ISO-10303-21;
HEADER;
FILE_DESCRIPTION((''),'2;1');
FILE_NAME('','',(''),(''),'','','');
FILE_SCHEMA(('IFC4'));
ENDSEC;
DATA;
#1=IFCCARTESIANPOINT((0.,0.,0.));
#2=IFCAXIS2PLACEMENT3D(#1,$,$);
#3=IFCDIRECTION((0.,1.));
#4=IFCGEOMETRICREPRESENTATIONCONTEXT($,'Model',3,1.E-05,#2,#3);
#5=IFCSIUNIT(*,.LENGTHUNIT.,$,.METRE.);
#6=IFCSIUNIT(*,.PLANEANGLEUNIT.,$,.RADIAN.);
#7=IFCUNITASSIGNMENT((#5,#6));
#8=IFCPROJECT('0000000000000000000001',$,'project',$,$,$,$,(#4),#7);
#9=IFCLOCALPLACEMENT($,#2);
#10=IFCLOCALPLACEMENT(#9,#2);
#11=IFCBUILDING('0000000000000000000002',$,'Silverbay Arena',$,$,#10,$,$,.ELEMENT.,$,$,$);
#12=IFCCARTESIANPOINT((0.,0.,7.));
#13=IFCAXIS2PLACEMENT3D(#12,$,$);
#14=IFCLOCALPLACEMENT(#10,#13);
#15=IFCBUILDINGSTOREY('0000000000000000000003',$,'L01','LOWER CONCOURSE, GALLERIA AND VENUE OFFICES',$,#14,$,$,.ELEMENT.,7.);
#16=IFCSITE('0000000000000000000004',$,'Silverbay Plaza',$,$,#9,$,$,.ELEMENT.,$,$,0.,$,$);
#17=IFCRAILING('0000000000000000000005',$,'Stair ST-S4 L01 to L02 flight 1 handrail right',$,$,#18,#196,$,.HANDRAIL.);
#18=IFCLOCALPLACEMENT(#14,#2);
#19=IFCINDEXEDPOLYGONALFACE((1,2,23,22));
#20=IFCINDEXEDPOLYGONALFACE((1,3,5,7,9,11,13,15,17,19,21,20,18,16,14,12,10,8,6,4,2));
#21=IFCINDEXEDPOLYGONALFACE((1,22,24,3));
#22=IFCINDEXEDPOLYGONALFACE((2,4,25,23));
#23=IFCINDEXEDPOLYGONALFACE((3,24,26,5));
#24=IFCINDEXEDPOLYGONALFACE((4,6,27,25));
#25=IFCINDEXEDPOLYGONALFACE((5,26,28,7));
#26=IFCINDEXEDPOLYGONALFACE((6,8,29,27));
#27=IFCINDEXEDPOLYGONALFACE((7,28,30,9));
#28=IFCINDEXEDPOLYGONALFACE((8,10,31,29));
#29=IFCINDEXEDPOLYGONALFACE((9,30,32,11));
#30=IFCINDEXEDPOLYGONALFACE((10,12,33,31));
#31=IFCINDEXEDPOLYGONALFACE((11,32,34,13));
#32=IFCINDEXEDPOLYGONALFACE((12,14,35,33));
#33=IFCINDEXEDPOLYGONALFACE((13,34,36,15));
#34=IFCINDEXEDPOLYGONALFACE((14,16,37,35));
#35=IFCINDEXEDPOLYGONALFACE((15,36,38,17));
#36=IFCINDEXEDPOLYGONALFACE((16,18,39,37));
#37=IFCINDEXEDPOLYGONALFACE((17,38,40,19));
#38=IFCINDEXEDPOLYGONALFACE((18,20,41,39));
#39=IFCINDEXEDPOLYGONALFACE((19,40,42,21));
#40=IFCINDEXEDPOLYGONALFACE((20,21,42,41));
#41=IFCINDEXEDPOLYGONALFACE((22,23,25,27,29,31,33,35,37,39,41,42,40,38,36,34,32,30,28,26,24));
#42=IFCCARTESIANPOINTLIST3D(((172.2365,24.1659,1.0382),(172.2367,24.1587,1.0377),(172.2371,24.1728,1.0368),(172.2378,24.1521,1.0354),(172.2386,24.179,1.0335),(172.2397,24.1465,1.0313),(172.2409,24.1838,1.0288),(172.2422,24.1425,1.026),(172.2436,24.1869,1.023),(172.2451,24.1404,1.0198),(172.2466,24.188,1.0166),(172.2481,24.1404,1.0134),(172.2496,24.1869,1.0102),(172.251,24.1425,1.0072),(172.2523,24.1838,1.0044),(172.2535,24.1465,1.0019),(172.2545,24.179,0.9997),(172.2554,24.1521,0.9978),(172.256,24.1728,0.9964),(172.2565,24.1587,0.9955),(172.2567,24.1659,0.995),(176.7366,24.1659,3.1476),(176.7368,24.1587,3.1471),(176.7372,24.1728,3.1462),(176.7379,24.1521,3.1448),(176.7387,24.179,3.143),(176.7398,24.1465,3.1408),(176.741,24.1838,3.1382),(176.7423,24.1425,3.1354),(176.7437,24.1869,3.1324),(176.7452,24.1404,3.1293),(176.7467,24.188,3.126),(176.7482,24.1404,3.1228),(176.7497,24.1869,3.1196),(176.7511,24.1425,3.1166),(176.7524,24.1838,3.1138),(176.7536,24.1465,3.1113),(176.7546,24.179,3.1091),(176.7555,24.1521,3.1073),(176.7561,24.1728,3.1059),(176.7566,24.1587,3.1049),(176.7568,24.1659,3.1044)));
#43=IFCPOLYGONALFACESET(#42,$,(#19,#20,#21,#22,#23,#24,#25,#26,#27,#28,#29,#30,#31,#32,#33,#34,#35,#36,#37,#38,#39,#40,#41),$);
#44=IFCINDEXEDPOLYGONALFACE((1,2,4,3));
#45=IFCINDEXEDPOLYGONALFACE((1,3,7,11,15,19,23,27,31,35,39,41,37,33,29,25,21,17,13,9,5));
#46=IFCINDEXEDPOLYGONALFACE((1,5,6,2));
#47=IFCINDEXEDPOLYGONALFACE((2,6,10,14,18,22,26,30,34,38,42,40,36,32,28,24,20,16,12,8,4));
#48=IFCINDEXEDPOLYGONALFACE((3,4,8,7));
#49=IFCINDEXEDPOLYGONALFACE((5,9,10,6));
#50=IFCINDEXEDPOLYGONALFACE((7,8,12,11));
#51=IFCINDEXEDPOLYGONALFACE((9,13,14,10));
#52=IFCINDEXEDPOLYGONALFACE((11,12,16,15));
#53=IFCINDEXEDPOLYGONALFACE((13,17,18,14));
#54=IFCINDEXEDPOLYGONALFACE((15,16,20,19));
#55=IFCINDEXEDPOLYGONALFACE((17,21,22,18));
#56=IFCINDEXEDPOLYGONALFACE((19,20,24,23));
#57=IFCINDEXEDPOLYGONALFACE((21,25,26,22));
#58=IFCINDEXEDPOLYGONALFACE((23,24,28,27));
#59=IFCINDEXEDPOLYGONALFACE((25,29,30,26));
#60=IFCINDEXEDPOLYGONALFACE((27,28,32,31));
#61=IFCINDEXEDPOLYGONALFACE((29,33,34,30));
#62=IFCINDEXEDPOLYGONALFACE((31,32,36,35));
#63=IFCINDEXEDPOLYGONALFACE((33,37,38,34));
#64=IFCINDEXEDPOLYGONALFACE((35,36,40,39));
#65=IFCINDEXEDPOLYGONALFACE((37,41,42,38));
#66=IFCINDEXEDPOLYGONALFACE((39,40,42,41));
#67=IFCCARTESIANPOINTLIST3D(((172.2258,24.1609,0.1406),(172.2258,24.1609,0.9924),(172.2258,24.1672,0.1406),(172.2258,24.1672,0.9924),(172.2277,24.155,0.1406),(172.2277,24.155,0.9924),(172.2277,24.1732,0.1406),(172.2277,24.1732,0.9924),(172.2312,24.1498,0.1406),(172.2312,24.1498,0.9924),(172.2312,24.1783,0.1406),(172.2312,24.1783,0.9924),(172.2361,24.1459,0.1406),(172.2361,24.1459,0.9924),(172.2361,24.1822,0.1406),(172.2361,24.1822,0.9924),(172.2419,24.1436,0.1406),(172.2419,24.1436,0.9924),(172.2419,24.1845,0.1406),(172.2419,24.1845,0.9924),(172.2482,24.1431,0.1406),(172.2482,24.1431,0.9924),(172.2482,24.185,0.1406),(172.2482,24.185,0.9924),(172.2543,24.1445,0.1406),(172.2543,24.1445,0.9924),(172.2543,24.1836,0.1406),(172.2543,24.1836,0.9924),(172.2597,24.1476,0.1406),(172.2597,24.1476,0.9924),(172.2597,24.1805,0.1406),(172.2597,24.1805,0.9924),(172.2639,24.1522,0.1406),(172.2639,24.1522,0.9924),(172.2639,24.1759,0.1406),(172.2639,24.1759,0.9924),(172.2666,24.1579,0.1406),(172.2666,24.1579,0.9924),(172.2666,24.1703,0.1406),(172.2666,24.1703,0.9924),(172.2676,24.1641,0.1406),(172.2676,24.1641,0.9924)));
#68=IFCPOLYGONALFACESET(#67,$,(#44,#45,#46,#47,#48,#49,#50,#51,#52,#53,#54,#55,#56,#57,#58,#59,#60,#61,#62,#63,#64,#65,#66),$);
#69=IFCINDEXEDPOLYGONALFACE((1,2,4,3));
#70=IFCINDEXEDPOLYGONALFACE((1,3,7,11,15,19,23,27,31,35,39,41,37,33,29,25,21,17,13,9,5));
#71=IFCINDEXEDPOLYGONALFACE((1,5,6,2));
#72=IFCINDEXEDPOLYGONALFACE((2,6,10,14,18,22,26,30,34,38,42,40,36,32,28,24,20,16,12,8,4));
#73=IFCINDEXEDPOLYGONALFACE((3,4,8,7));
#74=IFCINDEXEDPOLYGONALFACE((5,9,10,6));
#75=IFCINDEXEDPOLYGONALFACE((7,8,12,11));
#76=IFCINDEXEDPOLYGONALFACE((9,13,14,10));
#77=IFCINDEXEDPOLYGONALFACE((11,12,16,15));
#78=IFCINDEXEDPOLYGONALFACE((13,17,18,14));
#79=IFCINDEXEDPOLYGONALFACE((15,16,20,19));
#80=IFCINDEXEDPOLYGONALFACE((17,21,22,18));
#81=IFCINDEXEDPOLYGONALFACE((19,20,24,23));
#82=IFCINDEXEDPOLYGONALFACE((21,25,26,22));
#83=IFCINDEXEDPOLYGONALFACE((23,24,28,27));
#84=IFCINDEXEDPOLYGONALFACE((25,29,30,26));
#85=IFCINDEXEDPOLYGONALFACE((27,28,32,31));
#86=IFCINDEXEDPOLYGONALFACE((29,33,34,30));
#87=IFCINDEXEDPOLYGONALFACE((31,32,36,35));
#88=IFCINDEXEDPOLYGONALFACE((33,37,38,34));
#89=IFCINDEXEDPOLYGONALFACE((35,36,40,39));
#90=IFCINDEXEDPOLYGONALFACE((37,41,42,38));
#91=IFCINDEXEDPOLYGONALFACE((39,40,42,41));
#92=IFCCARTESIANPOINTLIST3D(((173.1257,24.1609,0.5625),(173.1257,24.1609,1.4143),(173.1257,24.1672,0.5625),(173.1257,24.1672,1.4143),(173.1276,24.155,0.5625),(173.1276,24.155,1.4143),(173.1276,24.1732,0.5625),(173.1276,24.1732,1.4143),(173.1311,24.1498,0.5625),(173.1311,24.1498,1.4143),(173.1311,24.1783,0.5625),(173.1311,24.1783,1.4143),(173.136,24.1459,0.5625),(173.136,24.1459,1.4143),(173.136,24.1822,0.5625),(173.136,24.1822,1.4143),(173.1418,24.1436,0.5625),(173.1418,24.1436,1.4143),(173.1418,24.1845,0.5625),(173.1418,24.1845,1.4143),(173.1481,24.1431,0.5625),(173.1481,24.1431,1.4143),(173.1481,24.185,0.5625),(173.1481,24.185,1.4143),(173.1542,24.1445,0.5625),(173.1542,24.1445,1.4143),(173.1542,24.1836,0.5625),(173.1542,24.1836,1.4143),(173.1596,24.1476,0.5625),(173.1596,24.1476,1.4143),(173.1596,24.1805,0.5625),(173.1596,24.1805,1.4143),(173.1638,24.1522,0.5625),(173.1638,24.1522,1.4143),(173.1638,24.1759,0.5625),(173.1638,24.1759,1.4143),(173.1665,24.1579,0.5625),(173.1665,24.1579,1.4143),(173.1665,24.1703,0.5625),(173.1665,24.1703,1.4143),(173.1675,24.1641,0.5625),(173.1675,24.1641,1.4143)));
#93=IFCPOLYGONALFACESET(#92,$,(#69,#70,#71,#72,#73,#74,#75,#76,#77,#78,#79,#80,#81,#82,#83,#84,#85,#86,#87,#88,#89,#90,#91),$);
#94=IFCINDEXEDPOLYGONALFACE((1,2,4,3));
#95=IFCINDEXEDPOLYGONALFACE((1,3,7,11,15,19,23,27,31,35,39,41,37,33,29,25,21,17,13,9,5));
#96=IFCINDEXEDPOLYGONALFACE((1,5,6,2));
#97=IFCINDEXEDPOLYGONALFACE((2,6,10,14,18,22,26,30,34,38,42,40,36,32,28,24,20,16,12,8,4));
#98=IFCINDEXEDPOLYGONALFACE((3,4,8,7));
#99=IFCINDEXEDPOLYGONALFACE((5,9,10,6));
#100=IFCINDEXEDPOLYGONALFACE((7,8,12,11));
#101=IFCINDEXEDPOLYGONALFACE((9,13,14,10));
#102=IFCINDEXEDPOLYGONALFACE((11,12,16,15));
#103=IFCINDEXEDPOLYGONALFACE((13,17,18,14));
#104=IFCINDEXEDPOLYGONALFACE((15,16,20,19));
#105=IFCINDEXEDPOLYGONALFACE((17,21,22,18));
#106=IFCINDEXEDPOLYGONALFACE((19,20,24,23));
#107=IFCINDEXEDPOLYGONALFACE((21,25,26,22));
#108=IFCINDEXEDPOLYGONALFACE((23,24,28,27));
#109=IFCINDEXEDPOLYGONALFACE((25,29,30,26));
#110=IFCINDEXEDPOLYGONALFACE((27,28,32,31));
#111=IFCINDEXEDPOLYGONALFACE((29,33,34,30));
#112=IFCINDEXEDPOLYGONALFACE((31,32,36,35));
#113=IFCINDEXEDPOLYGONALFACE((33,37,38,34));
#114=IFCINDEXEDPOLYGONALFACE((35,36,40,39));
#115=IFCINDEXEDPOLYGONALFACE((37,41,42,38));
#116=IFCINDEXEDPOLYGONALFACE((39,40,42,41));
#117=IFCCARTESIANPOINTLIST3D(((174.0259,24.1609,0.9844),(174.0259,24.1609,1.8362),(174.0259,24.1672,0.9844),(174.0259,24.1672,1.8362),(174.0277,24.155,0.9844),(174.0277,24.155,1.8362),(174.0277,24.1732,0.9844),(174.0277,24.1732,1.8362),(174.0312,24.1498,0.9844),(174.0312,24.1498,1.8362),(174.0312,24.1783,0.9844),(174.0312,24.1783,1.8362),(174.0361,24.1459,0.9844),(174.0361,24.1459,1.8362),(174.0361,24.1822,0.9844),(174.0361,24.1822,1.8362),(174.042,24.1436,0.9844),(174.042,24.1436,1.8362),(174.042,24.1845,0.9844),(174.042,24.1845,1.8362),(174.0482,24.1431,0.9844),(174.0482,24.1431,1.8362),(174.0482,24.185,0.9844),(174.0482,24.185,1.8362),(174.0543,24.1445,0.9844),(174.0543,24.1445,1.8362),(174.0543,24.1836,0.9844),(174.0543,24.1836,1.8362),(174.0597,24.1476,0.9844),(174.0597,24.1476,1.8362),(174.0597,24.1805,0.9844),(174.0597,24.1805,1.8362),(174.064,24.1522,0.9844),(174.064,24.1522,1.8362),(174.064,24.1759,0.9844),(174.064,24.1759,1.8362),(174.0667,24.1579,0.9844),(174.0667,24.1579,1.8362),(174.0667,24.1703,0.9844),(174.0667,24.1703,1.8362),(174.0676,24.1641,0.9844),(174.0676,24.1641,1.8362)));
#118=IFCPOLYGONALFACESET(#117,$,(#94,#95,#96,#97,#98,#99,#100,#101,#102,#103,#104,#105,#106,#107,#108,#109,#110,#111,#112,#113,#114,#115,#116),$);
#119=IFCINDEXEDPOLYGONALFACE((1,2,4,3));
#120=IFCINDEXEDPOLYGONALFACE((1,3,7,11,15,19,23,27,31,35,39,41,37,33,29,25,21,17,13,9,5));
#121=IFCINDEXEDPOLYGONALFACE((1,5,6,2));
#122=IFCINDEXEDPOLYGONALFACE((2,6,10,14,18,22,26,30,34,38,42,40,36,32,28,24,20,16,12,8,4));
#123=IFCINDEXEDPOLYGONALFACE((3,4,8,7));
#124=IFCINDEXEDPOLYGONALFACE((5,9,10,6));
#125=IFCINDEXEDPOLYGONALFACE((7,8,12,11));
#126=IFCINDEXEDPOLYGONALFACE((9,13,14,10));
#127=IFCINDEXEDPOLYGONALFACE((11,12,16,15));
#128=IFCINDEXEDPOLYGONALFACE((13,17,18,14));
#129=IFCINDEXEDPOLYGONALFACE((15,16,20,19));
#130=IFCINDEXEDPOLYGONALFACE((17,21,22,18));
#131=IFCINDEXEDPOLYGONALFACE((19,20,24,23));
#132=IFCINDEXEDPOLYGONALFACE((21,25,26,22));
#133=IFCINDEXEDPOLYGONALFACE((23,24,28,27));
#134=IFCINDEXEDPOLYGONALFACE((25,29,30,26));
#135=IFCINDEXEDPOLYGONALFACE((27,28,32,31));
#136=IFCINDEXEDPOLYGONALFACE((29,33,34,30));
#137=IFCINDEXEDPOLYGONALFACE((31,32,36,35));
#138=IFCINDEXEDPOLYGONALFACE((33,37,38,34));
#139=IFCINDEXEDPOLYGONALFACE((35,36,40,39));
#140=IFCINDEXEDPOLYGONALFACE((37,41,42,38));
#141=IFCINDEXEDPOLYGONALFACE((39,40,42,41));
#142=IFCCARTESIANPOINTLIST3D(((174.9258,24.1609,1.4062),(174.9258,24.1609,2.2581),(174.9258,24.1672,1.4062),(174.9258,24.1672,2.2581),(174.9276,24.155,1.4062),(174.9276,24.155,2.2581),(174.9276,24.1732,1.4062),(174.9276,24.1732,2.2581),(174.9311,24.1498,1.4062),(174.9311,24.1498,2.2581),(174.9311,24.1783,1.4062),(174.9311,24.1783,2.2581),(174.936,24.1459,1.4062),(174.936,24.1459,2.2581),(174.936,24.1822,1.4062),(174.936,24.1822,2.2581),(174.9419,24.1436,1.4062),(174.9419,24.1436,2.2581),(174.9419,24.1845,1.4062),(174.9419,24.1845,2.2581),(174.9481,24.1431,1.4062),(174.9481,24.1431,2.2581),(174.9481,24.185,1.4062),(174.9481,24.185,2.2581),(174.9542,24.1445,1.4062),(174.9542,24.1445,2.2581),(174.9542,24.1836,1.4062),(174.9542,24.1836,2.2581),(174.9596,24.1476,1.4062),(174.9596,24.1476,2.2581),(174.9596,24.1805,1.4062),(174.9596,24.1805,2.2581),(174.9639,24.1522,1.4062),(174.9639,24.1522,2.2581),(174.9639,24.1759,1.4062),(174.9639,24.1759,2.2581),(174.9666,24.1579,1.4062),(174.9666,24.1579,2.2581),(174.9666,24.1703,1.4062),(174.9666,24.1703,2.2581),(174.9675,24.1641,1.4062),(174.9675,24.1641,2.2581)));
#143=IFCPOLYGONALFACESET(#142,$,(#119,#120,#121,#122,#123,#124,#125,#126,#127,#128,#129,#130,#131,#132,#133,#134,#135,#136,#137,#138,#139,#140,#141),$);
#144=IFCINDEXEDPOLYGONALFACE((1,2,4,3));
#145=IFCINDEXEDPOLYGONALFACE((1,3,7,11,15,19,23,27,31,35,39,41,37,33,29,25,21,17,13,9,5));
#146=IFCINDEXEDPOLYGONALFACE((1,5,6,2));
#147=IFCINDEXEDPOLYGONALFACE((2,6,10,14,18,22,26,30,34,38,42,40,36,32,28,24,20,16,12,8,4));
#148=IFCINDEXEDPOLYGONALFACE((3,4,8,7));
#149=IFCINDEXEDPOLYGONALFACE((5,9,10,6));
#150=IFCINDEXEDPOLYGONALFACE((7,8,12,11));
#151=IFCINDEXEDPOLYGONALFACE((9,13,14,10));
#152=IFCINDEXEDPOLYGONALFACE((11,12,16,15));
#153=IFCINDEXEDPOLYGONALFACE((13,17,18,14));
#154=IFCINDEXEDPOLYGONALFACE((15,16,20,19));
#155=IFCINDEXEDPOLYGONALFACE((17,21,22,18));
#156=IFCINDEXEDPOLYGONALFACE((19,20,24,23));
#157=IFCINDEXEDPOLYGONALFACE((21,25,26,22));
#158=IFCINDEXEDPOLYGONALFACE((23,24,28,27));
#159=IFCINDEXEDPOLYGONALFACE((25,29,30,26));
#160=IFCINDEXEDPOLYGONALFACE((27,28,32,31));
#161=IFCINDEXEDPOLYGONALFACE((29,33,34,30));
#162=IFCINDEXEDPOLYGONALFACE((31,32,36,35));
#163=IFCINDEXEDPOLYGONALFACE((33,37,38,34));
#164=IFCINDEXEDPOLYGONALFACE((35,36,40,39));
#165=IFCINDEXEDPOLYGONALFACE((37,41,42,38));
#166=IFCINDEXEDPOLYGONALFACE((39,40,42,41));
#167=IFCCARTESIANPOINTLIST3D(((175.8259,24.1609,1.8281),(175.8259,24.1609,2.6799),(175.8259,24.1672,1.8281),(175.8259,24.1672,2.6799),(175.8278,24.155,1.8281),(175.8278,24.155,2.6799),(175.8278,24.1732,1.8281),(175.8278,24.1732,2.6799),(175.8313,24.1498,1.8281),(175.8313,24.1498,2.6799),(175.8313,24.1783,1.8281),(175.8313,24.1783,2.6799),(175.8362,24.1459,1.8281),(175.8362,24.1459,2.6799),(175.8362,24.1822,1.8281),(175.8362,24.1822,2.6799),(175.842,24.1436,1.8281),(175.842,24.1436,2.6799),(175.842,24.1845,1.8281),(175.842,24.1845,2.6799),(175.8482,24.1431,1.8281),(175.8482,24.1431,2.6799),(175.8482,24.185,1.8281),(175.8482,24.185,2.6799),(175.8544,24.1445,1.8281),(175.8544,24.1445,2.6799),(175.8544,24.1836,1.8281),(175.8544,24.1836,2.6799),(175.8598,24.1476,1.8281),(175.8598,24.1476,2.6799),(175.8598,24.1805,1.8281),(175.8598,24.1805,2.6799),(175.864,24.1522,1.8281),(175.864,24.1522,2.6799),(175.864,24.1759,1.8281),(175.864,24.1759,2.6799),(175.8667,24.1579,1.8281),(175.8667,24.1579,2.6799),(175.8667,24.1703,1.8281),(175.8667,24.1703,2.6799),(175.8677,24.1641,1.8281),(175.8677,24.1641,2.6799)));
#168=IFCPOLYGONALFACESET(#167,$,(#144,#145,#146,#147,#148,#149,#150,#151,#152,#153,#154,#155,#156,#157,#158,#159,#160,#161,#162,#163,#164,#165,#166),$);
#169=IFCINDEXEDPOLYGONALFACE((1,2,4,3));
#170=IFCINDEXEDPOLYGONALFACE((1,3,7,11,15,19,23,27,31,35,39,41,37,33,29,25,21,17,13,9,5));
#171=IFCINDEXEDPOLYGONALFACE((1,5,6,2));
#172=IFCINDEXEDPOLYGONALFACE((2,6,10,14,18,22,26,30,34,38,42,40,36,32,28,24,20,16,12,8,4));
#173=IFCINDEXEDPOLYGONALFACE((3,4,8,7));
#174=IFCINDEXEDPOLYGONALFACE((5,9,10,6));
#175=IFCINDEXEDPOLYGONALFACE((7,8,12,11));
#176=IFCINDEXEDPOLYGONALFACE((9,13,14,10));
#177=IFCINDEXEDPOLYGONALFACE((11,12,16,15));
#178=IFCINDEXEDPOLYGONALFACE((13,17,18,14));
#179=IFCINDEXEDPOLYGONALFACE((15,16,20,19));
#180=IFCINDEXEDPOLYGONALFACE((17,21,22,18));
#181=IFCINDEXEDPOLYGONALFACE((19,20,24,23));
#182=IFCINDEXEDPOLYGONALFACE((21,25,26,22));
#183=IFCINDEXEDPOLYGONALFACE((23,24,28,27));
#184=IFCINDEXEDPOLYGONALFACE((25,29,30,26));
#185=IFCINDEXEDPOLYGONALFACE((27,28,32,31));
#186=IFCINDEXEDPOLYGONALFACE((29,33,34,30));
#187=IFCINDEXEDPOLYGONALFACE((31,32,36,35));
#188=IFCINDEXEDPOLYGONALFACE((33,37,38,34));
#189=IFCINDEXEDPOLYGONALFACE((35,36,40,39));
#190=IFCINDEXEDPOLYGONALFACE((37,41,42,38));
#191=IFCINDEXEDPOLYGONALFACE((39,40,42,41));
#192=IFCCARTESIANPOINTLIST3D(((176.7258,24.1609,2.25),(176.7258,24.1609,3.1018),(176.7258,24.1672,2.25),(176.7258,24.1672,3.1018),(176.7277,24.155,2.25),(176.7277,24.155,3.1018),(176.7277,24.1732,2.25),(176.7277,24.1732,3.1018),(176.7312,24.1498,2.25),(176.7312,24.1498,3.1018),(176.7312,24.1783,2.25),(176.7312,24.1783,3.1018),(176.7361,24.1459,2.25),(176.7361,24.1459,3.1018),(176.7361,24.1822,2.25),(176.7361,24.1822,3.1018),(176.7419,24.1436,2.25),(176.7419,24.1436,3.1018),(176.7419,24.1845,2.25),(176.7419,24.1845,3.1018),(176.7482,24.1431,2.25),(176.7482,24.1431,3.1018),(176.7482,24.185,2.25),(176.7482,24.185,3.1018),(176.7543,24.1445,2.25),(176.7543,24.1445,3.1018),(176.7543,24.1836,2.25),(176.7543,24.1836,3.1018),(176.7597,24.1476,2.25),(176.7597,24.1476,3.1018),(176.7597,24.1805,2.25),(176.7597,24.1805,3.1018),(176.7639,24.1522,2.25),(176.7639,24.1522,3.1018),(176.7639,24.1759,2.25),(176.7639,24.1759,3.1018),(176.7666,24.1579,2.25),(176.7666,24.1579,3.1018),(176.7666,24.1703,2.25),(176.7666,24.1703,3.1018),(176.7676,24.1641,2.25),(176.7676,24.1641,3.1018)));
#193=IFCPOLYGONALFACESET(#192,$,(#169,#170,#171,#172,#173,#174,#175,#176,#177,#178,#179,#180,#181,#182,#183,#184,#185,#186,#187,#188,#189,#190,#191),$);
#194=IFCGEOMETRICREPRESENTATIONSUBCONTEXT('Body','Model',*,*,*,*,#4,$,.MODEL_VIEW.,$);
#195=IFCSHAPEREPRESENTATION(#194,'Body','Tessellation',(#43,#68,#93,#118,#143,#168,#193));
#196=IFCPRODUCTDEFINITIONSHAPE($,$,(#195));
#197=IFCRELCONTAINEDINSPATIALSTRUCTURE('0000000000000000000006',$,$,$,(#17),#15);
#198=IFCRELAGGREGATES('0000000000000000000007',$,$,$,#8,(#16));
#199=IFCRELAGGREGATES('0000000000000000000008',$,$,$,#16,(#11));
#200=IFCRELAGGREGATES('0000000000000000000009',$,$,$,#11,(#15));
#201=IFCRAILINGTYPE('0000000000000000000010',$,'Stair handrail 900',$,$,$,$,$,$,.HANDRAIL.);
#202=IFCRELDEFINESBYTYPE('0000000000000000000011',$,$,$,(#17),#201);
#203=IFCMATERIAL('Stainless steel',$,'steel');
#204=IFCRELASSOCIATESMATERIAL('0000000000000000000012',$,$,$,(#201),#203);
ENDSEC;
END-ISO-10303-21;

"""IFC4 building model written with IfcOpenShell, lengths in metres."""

from ifc_helpers import new_model, si_unit, direction, frame, origin, origin_2d, place, context, subcontext, project, spatial, circle, extrude, material, type_object, element, save


model = new_model("IFC4")

# Units and contexts
model_context = context("Model", 3, precision=1e-05, world=origin(), true_north=direction((0.0, 1.0)))
body_context = subcontext(model_context, "Body", "Model", "MODEL_VIEW")
ifc_project = project(units=[si_unit("LENGTHUNIT", "METRE"), si_unit("PLANEANGLEUNIT", "RADIAN")], contexts=[model_context])

# Site, building, storey
site_placement = place(None, origin())
site = spatial("IfcSite", under=ifc_project, at=site_placement, Name="Silverbay Plaza", CompositionType="ELEMENT", RefElevation=0.0)
building_placement = place(site_placement, origin())
building = spatial("IfcBuilding", under=site, at=building_placement, Name="Silverbay Arena", CompositionType="ELEMENT")
storey_placement = place(building_placement, frame((0.0, 0.0, 7.0)))
storey = spatial("IfcBuildingStorey", under=building, at=storey_placement, Name="L01", Description="LOWER CONCOURSE, GALLERIA AND VENUE OFFICES", CompositionType="ELEMENT", Elevation=7.0)

# Railing
ifc_material_1 = material(Name="Stainless steel", Category="steel")
railing_type_1 = type_object("IfcRailingType", Name="Stair handrail 900", PredefinedType="HANDRAIL", material=ifc_material_1)
railing_1_placement = place(storey_placement, frame((172.2466, 24.1641, 0.1406)))
element("IfcRailing", 1, at=railing_1_placement, inside=storey, type_object=railing_type_1, Name="Stair ST-S4 L01 to L02 flight 1 handrail right", PredefinedType="HANDRAIL", context=body_context, shape_type="SweptSolid", body=[
    extrude(circle(Radius=0.0239, at=origin_2d()), frame((0.0, 0.0, 0.876), z_axis=(0.905459, 0.0, 0.424434), x_axis=(0.0, 1.0, 0.0)), (0.0, 0.0, 1.0), 4.97),
    extrude(circle(Radius=0.021, at=origin_2d()), origin(), (0.0, 0.0, 1.0), 0.8518),
    extrude(circle(Radius=0.021, at=origin_2d()), frame((0.8999, 0.0, 0.4219)), (0.0, 0.0, 1.0), 0.8518),
    extrude(circle(Radius=0.021, at=origin_2d()), frame((1.8, 0.0, 0.8438)), (0.0, 0.0, 1.0), 0.8518),
    extrude(circle(Radius=0.021, at=origin_2d()), frame((2.7, 0.0, 1.2656)), (0.0, 0.0, 1.0), 0.8518),
    extrude(circle(Radius=0.021, at=origin_2d()), frame((3.6001, 0.0, 1.6875)), (0.0, 0.0, 1.0), 0.8518),
    extrude(circle(Radius=0.021, at=origin_2d()), frame((4.5, 0.0, 2.1094)), (0.0, 0.0, 1.0), 0.8518),
])

save(model, "model.ifc")
